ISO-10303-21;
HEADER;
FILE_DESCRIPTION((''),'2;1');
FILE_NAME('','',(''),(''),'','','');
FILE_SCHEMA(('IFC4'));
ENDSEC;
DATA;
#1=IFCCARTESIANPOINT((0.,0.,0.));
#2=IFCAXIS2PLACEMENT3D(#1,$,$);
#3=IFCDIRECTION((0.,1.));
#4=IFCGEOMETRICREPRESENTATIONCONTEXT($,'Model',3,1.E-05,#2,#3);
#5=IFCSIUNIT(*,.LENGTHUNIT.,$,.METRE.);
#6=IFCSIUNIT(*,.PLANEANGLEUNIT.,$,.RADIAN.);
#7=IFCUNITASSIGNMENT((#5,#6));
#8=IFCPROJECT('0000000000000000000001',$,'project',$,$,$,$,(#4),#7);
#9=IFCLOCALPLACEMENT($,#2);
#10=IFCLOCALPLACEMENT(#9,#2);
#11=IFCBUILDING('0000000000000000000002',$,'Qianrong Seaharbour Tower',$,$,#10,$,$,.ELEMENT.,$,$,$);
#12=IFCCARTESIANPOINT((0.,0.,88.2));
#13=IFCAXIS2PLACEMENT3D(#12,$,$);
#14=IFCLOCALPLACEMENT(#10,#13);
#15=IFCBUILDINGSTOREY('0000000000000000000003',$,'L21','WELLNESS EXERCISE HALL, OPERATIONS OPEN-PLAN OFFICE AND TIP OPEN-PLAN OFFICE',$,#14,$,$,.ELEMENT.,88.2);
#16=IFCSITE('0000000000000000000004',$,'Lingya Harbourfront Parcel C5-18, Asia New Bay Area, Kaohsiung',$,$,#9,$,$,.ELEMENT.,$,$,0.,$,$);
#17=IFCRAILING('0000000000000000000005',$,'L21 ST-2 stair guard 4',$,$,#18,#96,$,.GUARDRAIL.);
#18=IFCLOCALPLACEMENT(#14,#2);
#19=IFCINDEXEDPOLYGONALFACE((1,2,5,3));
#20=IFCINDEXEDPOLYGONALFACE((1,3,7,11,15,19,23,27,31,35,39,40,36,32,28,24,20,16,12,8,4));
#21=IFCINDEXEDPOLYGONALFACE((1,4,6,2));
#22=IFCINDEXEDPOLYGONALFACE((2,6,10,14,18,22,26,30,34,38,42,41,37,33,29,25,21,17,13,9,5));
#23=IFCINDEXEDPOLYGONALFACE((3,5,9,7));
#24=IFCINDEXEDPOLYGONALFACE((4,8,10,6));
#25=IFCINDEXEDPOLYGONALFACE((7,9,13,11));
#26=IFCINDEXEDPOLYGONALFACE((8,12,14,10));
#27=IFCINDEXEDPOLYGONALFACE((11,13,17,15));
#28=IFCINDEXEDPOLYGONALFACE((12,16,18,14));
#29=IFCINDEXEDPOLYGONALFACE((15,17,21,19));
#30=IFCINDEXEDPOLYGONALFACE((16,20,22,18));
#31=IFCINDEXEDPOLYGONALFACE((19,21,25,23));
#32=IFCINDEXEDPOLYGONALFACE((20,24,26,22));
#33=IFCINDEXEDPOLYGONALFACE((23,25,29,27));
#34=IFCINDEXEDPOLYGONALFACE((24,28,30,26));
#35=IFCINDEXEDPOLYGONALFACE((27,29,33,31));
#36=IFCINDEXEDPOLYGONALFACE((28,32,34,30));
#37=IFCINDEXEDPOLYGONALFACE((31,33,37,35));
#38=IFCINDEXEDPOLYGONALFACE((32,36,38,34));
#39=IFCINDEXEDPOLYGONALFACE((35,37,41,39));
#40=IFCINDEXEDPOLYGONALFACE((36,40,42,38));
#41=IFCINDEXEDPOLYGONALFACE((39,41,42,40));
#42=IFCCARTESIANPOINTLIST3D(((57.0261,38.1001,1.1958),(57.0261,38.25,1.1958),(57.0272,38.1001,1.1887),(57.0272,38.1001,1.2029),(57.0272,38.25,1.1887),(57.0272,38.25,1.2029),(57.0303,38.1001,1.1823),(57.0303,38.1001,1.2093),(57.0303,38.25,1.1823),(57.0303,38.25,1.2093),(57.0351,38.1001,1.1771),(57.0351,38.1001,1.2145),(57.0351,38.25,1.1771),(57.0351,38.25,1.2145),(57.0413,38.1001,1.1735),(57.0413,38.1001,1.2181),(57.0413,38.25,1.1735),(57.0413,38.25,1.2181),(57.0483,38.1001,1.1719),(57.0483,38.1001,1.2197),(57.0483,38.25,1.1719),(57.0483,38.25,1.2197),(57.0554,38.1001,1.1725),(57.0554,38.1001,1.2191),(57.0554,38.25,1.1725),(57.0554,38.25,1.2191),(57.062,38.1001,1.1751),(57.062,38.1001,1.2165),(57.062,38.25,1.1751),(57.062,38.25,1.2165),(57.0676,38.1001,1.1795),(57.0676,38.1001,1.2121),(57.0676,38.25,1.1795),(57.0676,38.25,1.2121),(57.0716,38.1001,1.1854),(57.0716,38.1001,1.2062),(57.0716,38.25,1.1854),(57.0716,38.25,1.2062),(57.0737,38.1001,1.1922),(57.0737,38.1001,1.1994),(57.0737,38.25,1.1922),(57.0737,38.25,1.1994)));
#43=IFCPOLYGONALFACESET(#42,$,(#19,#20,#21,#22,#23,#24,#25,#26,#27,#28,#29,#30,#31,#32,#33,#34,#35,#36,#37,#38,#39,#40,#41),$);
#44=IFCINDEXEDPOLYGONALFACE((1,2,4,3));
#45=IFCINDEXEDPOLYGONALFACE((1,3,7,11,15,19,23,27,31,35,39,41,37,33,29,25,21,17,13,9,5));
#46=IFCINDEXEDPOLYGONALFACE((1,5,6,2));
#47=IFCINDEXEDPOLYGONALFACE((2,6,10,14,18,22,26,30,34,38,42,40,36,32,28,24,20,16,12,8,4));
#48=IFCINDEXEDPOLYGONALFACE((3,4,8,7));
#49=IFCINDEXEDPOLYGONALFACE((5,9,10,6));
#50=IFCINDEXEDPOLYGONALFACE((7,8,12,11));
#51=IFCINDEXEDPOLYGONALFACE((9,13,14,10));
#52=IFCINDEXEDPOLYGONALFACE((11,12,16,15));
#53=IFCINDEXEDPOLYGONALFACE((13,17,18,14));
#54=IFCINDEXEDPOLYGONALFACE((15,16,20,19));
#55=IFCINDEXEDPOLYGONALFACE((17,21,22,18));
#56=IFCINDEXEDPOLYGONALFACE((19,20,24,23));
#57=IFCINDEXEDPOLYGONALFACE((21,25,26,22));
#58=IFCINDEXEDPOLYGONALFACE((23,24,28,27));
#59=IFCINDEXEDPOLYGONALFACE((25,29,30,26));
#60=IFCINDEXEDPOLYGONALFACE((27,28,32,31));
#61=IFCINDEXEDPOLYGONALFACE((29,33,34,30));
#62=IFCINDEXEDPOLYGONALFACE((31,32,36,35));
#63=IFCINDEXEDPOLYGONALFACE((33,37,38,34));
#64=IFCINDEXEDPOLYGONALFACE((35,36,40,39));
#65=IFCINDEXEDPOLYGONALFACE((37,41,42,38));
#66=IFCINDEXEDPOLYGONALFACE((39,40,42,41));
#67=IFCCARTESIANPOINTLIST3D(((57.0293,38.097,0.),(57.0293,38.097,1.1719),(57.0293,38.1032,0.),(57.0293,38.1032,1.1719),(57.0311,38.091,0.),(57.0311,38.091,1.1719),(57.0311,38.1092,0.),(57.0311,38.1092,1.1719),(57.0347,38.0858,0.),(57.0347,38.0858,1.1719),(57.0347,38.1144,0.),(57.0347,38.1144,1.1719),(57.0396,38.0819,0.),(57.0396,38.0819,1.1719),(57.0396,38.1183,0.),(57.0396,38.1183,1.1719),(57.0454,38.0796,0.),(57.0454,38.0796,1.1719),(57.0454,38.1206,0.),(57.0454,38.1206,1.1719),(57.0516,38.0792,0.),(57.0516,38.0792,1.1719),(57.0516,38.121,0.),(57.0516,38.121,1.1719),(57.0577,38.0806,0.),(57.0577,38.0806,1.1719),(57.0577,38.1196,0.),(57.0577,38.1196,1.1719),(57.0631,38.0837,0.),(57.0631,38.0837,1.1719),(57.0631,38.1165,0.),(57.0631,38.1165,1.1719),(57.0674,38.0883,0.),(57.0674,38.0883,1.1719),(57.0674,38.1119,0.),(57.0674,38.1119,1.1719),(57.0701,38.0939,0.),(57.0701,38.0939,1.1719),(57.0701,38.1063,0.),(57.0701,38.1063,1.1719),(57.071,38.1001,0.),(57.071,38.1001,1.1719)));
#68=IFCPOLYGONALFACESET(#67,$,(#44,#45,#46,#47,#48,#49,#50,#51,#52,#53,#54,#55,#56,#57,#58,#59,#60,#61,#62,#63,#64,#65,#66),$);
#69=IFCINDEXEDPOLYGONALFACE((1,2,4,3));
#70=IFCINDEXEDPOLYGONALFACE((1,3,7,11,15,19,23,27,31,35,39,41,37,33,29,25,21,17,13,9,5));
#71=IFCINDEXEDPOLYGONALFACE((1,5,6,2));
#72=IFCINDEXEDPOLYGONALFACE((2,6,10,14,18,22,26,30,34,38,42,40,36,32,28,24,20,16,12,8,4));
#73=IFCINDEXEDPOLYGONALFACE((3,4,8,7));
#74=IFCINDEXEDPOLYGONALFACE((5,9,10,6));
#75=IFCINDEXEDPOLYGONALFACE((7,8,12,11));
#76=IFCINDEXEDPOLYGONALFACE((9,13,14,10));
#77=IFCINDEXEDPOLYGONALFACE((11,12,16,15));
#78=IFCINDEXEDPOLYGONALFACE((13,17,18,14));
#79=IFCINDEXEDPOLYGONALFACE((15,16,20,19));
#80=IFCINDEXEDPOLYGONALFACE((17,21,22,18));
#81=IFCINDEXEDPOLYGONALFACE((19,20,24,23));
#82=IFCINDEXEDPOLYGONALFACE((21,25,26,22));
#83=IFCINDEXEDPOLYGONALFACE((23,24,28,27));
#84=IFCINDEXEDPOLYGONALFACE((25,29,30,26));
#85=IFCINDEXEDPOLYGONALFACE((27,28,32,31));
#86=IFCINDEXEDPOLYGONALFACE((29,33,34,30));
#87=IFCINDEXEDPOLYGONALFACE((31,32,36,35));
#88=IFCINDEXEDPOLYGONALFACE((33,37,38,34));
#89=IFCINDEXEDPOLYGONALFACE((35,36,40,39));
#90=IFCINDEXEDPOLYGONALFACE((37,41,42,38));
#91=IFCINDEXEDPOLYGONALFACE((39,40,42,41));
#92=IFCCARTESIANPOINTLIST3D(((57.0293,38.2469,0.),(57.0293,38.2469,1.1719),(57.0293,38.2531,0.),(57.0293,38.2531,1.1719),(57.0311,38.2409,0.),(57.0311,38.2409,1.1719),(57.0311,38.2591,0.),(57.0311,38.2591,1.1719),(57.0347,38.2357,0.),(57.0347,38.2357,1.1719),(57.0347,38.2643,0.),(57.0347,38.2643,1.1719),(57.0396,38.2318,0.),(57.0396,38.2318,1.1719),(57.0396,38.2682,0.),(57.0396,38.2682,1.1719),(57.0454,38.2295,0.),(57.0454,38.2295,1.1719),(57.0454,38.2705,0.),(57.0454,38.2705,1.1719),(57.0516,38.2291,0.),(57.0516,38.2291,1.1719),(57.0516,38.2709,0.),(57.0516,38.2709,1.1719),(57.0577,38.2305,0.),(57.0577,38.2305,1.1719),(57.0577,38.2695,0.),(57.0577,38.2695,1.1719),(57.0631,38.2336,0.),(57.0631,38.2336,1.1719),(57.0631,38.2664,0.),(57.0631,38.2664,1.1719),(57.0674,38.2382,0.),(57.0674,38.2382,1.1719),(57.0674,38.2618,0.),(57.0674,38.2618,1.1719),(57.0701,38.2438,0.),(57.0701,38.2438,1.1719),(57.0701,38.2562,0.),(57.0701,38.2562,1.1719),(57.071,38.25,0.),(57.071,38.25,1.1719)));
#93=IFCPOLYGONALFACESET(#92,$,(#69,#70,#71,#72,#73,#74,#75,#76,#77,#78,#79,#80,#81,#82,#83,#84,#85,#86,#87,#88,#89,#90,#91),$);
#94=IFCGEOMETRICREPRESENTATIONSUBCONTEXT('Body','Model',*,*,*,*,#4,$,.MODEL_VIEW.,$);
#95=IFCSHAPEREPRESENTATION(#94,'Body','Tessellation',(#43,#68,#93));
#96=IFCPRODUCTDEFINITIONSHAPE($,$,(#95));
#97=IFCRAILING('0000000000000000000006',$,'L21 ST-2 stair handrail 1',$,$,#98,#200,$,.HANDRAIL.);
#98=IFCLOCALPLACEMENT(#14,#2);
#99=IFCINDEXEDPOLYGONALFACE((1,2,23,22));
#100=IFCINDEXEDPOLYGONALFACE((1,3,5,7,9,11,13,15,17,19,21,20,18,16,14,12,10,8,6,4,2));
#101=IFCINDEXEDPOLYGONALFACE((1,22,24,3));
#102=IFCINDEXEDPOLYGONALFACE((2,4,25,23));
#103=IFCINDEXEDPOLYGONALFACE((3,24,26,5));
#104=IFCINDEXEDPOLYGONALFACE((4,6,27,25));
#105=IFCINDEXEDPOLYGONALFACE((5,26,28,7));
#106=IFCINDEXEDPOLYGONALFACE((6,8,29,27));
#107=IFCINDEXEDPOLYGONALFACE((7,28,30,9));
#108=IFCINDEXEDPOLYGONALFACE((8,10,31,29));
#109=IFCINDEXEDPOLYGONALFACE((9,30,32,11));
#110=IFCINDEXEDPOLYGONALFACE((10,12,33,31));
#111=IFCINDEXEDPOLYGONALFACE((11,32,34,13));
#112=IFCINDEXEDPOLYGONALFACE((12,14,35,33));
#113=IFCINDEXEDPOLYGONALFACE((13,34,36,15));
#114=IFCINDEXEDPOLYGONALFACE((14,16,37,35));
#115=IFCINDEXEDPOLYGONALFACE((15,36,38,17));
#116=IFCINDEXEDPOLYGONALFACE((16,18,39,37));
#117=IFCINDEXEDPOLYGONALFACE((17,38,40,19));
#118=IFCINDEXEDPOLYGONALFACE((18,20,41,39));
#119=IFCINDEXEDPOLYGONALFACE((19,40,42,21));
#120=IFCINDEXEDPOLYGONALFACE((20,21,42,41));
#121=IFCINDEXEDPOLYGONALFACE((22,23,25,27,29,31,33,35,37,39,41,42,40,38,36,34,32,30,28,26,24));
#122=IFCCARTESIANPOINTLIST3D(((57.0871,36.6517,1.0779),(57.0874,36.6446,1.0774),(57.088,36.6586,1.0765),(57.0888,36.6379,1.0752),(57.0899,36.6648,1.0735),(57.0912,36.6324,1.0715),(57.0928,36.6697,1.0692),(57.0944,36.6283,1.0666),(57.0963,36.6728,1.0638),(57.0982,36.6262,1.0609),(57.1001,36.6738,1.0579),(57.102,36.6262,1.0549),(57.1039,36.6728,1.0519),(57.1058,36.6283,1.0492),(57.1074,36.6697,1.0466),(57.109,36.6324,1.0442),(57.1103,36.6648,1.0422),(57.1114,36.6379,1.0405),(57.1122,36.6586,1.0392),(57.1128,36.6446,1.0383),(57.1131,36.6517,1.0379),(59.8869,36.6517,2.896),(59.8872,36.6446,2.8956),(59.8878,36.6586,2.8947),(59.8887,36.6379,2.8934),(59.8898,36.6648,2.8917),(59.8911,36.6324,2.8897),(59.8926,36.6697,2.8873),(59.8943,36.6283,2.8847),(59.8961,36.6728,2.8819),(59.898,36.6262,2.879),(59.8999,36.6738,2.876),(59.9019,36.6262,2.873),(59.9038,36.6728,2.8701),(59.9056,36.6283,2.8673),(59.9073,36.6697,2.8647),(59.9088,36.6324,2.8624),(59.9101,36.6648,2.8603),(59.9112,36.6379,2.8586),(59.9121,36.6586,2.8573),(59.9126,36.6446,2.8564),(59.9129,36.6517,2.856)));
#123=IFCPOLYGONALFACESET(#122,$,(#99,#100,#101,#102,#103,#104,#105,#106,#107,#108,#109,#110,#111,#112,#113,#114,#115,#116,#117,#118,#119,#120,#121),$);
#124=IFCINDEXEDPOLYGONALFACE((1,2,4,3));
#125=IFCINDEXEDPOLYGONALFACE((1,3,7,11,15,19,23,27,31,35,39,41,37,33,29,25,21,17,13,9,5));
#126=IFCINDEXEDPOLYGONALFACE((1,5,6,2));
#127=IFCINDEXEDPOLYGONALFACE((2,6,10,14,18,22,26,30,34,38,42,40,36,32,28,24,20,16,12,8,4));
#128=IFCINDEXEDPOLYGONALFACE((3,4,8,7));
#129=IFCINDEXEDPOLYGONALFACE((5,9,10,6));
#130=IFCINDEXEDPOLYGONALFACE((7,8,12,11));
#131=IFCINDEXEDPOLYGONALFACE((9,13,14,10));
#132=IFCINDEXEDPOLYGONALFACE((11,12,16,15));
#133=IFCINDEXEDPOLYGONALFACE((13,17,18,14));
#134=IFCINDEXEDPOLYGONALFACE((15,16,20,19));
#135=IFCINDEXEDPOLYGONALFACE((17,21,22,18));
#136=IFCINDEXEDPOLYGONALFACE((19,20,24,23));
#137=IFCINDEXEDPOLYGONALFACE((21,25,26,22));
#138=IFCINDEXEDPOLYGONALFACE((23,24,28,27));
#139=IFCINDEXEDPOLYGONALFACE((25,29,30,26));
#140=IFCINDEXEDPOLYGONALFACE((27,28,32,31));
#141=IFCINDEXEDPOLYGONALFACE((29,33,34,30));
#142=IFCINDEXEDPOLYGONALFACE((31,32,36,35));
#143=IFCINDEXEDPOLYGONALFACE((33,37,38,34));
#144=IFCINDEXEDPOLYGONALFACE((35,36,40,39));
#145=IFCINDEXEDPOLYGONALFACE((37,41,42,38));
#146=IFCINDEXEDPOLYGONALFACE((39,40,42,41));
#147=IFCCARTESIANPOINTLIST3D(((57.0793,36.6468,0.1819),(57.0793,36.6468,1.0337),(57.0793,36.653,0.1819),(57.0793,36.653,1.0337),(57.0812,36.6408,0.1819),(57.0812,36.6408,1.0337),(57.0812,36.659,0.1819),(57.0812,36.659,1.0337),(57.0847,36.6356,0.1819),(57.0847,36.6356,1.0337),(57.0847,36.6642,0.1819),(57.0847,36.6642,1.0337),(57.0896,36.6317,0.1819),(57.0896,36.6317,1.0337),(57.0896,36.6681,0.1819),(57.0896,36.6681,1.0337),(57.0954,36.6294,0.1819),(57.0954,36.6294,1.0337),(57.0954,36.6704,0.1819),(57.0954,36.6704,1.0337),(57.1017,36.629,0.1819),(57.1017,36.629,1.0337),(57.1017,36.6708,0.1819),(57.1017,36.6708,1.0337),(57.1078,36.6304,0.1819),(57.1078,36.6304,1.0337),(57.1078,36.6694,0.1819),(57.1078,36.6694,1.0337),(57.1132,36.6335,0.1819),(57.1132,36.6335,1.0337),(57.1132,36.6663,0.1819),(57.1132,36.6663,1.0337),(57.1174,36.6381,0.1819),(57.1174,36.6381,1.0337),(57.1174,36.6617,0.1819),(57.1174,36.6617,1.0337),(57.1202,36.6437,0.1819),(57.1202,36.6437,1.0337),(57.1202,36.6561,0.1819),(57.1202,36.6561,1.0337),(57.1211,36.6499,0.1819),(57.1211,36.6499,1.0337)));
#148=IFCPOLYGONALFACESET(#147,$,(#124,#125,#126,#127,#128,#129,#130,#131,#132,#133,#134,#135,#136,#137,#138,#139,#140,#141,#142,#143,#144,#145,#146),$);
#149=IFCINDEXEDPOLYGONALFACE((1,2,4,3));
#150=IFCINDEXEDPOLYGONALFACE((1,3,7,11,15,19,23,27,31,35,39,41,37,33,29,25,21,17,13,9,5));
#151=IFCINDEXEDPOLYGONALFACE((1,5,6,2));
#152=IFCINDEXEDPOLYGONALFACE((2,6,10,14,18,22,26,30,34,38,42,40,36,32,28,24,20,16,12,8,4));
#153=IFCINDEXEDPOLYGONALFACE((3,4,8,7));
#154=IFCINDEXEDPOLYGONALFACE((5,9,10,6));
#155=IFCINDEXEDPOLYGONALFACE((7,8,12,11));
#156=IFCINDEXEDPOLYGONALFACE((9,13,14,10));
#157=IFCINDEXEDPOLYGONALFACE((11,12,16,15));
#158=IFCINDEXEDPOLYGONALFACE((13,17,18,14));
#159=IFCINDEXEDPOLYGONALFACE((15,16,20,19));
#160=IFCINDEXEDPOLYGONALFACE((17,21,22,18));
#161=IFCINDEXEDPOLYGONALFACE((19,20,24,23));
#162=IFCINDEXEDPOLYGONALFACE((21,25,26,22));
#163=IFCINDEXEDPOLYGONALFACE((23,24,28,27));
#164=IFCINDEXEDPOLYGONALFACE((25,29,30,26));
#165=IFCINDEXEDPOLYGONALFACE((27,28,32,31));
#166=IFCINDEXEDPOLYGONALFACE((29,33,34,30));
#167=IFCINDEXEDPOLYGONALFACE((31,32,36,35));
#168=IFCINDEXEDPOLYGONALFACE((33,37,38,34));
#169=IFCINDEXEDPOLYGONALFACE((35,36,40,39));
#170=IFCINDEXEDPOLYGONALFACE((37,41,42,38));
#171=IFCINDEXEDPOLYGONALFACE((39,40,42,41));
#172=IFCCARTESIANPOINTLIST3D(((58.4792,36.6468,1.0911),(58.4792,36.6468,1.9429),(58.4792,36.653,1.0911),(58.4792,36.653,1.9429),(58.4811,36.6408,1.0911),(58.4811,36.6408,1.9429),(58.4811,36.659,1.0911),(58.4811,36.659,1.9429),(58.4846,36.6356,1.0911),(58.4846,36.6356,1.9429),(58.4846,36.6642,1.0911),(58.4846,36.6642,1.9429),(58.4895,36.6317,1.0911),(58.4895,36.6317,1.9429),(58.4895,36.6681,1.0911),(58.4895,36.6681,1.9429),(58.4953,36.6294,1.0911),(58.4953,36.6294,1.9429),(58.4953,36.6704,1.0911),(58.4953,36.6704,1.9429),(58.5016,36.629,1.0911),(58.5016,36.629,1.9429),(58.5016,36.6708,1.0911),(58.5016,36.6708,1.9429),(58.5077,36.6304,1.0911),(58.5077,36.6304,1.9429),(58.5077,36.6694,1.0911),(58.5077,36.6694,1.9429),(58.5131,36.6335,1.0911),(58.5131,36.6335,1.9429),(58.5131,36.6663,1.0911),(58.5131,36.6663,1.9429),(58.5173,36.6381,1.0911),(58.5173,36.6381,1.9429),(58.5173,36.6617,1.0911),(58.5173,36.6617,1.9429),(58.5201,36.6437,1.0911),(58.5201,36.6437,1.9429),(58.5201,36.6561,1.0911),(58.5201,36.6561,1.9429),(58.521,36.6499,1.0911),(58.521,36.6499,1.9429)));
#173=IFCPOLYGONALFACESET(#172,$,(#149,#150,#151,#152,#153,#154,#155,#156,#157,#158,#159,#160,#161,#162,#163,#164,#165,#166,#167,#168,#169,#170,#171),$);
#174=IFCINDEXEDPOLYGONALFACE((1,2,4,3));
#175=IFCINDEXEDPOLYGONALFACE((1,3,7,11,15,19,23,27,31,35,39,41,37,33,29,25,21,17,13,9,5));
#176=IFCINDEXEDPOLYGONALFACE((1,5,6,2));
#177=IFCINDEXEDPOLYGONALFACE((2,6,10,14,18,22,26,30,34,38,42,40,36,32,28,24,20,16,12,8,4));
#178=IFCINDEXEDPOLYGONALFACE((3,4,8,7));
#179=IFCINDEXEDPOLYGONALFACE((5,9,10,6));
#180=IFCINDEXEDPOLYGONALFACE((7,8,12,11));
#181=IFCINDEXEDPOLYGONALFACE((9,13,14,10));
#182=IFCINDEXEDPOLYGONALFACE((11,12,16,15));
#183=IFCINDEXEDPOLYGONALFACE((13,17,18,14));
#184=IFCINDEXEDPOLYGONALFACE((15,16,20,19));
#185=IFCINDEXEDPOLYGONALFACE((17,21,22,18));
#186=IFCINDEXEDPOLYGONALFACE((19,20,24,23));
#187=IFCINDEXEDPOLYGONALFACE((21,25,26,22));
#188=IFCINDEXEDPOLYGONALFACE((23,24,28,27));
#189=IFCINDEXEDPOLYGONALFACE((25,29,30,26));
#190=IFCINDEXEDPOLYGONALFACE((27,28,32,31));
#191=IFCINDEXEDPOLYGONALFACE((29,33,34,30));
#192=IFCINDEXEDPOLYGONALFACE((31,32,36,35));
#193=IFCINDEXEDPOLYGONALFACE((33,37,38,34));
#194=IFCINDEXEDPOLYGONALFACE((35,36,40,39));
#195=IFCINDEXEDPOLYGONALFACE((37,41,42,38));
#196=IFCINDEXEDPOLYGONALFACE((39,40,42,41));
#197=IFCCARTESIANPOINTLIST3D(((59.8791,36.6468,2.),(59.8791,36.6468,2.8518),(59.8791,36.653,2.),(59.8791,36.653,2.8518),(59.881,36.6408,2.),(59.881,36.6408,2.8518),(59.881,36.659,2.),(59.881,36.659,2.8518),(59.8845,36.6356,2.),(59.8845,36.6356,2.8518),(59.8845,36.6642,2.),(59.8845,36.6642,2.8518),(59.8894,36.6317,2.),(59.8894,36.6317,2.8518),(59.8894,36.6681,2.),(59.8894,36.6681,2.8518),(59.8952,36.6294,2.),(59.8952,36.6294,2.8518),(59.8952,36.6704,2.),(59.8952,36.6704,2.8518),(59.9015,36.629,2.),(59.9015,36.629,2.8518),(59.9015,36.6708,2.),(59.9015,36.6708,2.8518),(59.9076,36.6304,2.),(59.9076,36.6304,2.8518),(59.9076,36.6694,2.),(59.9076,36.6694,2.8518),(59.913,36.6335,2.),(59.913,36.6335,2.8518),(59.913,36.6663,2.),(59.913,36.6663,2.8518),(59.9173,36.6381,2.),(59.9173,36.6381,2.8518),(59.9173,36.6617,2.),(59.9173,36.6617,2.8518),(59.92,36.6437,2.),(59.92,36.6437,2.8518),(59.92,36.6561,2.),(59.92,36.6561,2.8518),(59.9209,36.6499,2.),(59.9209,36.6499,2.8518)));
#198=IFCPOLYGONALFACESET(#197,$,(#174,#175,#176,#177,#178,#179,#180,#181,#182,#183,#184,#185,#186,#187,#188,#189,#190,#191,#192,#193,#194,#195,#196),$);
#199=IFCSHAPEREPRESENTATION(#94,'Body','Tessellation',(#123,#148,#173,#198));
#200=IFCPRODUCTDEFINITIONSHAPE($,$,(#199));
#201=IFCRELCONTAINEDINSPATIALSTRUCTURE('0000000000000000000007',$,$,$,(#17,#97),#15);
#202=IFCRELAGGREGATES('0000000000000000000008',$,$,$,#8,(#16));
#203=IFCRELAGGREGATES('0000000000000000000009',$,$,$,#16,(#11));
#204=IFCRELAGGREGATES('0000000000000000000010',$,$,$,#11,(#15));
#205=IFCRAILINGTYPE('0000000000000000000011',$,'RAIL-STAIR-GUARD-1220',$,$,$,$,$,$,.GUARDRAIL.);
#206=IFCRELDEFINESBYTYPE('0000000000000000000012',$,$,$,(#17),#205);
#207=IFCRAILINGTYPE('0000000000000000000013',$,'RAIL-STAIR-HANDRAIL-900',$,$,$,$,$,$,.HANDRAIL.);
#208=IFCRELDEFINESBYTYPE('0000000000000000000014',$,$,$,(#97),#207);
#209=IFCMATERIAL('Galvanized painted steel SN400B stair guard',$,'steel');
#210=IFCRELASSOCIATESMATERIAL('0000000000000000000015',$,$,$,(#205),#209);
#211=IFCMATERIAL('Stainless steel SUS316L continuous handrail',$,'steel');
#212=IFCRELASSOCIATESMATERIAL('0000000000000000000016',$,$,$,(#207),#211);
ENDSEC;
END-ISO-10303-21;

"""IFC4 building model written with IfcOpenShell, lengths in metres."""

from ifc_helpers import new_model, si_unit, direction, frame, origin, origin_2d, place, context, subcontext, project, spatial, circle, extrude, material, type_object, element, save


model = new_model("IFC4")

# Units and contexts
model_context = context("Model", 3, precision=1e-05, world=origin(), true_north=direction((0.0, 1.0)))
body_context = subcontext(model_context, "Body", "Model", "MODEL_VIEW")
ifc_project = project(units=[si_unit("LENGTHUNIT", "METRE"), si_unit("PLANEANGLEUNIT", "RADIAN")], contexts=[model_context])

# Site, building, storey
site_placement = place(None, origin())
site = spatial("IfcSite", under=ifc_project, at=site_placement, Name="Lingya Harbourfront Parcel C5-18, Asia New Bay Area, Kaohsiung", CompositionType="ELEMENT", RefElevation=0.0)
building_placement = place(site_placement, origin())
building = spatial("IfcBuilding", under=site, at=building_placement, Name="Qianrong Seaharbour Tower", CompositionType="ELEMENT")
storey_placement = place(building_placement, frame((0.0, 0.0, 88.2)))
storey = spatial("IfcBuildingStorey", under=building, at=storey_placement, Name="L21", Description="WELLNESS EXERCISE HALL, OPERATIONS OPEN-PLAN OFFICE AND TIP OPEN-PLAN OFFICE", CompositionType="ELEMENT", Elevation=88.2)

# Railings
ifc_material_1 = material(Name="Galvanized painted steel SN400B stair guard", Category="steel")
railing_type_1 = type_object("IfcRailingType", Name="RAIL-STAIR-GUARD-1220", PredefinedType="GUARDRAIL", material=ifc_material_1)
railing_1_placement = place(storey_placement, frame((57.05, 38.1001, 0.0)))
element("IfcRailing", 1, at=railing_1_placement, inside=storey, type_object=railing_type_1, Name="L21 ST-2 stair guard 4", PredefinedType="GUARDRAIL", context=body_context, shape_type="SweptSolid", body=[
    extrude(circle(Radius=0.0239, at=origin_2d()), frame((0.0, 0.0, 1.1958), z_axis=(0.0, 1.0, 0.0), x_axis=(-1.0, 0.0, 0.0)), (0.0, 0.0, 1.0), 0.1499),
    extrude(circle(Radius=0.021, at=origin_2d()), origin(), (0.0, 0.0, 1.0), 1.1719),
    extrude(circle(Radius=0.021, at=origin_2d()), frame((0.0, 0.1499, 0.0)), (0.0, 0.0, 1.0), 1.1719),
])
ifc_material_2 = material(Name="Stainless steel SUS316L continuous handrail", Category="steel")
railing_type_2 = type_object("IfcRailingType", Name="RAIL-STAIR-HANDRAIL-900", PredefinedType="HANDRAIL", material=ifc_material_2)
railing_2_placement = place(storey_placement, frame((57.1001, 36.6499, 0.1819)))
element("IfcRailing", 2, at=railing_2_placement, inside=storey, type_object=railing_type_2, Name="L21 ST-2 stair handrail 1", PredefinedType="HANDRAIL", context=body_context, shape_type="SweptSolid", body=[
    extrude(circle(Radius=0.0239, at=origin_2d()), frame((0.0, 0.0, 0.876), z_axis=(0.838684, 0.0, 0.544618), x_axis=(0.0, 1.0, 0.0)), (0.0, 0.0, 1.0), 3.3384),
    extrude(circle(Radius=0.021, at=origin_2d()), origin(), (0.0, 0.0, 1.0), 0.8518),
    extrude(circle(Radius=0.021, at=origin_2d()), frame((1.3999, 0.0, 0.9092)), (0.0, 0.0, 1.0), 0.8518),
    extrude(circle(Radius=0.021, at=origin_2d()), frame((2.7998, 0.0, 1.8181)), (0.0, 0.0, 1.0), 0.8518),
])

save(model, "model.ifc")
